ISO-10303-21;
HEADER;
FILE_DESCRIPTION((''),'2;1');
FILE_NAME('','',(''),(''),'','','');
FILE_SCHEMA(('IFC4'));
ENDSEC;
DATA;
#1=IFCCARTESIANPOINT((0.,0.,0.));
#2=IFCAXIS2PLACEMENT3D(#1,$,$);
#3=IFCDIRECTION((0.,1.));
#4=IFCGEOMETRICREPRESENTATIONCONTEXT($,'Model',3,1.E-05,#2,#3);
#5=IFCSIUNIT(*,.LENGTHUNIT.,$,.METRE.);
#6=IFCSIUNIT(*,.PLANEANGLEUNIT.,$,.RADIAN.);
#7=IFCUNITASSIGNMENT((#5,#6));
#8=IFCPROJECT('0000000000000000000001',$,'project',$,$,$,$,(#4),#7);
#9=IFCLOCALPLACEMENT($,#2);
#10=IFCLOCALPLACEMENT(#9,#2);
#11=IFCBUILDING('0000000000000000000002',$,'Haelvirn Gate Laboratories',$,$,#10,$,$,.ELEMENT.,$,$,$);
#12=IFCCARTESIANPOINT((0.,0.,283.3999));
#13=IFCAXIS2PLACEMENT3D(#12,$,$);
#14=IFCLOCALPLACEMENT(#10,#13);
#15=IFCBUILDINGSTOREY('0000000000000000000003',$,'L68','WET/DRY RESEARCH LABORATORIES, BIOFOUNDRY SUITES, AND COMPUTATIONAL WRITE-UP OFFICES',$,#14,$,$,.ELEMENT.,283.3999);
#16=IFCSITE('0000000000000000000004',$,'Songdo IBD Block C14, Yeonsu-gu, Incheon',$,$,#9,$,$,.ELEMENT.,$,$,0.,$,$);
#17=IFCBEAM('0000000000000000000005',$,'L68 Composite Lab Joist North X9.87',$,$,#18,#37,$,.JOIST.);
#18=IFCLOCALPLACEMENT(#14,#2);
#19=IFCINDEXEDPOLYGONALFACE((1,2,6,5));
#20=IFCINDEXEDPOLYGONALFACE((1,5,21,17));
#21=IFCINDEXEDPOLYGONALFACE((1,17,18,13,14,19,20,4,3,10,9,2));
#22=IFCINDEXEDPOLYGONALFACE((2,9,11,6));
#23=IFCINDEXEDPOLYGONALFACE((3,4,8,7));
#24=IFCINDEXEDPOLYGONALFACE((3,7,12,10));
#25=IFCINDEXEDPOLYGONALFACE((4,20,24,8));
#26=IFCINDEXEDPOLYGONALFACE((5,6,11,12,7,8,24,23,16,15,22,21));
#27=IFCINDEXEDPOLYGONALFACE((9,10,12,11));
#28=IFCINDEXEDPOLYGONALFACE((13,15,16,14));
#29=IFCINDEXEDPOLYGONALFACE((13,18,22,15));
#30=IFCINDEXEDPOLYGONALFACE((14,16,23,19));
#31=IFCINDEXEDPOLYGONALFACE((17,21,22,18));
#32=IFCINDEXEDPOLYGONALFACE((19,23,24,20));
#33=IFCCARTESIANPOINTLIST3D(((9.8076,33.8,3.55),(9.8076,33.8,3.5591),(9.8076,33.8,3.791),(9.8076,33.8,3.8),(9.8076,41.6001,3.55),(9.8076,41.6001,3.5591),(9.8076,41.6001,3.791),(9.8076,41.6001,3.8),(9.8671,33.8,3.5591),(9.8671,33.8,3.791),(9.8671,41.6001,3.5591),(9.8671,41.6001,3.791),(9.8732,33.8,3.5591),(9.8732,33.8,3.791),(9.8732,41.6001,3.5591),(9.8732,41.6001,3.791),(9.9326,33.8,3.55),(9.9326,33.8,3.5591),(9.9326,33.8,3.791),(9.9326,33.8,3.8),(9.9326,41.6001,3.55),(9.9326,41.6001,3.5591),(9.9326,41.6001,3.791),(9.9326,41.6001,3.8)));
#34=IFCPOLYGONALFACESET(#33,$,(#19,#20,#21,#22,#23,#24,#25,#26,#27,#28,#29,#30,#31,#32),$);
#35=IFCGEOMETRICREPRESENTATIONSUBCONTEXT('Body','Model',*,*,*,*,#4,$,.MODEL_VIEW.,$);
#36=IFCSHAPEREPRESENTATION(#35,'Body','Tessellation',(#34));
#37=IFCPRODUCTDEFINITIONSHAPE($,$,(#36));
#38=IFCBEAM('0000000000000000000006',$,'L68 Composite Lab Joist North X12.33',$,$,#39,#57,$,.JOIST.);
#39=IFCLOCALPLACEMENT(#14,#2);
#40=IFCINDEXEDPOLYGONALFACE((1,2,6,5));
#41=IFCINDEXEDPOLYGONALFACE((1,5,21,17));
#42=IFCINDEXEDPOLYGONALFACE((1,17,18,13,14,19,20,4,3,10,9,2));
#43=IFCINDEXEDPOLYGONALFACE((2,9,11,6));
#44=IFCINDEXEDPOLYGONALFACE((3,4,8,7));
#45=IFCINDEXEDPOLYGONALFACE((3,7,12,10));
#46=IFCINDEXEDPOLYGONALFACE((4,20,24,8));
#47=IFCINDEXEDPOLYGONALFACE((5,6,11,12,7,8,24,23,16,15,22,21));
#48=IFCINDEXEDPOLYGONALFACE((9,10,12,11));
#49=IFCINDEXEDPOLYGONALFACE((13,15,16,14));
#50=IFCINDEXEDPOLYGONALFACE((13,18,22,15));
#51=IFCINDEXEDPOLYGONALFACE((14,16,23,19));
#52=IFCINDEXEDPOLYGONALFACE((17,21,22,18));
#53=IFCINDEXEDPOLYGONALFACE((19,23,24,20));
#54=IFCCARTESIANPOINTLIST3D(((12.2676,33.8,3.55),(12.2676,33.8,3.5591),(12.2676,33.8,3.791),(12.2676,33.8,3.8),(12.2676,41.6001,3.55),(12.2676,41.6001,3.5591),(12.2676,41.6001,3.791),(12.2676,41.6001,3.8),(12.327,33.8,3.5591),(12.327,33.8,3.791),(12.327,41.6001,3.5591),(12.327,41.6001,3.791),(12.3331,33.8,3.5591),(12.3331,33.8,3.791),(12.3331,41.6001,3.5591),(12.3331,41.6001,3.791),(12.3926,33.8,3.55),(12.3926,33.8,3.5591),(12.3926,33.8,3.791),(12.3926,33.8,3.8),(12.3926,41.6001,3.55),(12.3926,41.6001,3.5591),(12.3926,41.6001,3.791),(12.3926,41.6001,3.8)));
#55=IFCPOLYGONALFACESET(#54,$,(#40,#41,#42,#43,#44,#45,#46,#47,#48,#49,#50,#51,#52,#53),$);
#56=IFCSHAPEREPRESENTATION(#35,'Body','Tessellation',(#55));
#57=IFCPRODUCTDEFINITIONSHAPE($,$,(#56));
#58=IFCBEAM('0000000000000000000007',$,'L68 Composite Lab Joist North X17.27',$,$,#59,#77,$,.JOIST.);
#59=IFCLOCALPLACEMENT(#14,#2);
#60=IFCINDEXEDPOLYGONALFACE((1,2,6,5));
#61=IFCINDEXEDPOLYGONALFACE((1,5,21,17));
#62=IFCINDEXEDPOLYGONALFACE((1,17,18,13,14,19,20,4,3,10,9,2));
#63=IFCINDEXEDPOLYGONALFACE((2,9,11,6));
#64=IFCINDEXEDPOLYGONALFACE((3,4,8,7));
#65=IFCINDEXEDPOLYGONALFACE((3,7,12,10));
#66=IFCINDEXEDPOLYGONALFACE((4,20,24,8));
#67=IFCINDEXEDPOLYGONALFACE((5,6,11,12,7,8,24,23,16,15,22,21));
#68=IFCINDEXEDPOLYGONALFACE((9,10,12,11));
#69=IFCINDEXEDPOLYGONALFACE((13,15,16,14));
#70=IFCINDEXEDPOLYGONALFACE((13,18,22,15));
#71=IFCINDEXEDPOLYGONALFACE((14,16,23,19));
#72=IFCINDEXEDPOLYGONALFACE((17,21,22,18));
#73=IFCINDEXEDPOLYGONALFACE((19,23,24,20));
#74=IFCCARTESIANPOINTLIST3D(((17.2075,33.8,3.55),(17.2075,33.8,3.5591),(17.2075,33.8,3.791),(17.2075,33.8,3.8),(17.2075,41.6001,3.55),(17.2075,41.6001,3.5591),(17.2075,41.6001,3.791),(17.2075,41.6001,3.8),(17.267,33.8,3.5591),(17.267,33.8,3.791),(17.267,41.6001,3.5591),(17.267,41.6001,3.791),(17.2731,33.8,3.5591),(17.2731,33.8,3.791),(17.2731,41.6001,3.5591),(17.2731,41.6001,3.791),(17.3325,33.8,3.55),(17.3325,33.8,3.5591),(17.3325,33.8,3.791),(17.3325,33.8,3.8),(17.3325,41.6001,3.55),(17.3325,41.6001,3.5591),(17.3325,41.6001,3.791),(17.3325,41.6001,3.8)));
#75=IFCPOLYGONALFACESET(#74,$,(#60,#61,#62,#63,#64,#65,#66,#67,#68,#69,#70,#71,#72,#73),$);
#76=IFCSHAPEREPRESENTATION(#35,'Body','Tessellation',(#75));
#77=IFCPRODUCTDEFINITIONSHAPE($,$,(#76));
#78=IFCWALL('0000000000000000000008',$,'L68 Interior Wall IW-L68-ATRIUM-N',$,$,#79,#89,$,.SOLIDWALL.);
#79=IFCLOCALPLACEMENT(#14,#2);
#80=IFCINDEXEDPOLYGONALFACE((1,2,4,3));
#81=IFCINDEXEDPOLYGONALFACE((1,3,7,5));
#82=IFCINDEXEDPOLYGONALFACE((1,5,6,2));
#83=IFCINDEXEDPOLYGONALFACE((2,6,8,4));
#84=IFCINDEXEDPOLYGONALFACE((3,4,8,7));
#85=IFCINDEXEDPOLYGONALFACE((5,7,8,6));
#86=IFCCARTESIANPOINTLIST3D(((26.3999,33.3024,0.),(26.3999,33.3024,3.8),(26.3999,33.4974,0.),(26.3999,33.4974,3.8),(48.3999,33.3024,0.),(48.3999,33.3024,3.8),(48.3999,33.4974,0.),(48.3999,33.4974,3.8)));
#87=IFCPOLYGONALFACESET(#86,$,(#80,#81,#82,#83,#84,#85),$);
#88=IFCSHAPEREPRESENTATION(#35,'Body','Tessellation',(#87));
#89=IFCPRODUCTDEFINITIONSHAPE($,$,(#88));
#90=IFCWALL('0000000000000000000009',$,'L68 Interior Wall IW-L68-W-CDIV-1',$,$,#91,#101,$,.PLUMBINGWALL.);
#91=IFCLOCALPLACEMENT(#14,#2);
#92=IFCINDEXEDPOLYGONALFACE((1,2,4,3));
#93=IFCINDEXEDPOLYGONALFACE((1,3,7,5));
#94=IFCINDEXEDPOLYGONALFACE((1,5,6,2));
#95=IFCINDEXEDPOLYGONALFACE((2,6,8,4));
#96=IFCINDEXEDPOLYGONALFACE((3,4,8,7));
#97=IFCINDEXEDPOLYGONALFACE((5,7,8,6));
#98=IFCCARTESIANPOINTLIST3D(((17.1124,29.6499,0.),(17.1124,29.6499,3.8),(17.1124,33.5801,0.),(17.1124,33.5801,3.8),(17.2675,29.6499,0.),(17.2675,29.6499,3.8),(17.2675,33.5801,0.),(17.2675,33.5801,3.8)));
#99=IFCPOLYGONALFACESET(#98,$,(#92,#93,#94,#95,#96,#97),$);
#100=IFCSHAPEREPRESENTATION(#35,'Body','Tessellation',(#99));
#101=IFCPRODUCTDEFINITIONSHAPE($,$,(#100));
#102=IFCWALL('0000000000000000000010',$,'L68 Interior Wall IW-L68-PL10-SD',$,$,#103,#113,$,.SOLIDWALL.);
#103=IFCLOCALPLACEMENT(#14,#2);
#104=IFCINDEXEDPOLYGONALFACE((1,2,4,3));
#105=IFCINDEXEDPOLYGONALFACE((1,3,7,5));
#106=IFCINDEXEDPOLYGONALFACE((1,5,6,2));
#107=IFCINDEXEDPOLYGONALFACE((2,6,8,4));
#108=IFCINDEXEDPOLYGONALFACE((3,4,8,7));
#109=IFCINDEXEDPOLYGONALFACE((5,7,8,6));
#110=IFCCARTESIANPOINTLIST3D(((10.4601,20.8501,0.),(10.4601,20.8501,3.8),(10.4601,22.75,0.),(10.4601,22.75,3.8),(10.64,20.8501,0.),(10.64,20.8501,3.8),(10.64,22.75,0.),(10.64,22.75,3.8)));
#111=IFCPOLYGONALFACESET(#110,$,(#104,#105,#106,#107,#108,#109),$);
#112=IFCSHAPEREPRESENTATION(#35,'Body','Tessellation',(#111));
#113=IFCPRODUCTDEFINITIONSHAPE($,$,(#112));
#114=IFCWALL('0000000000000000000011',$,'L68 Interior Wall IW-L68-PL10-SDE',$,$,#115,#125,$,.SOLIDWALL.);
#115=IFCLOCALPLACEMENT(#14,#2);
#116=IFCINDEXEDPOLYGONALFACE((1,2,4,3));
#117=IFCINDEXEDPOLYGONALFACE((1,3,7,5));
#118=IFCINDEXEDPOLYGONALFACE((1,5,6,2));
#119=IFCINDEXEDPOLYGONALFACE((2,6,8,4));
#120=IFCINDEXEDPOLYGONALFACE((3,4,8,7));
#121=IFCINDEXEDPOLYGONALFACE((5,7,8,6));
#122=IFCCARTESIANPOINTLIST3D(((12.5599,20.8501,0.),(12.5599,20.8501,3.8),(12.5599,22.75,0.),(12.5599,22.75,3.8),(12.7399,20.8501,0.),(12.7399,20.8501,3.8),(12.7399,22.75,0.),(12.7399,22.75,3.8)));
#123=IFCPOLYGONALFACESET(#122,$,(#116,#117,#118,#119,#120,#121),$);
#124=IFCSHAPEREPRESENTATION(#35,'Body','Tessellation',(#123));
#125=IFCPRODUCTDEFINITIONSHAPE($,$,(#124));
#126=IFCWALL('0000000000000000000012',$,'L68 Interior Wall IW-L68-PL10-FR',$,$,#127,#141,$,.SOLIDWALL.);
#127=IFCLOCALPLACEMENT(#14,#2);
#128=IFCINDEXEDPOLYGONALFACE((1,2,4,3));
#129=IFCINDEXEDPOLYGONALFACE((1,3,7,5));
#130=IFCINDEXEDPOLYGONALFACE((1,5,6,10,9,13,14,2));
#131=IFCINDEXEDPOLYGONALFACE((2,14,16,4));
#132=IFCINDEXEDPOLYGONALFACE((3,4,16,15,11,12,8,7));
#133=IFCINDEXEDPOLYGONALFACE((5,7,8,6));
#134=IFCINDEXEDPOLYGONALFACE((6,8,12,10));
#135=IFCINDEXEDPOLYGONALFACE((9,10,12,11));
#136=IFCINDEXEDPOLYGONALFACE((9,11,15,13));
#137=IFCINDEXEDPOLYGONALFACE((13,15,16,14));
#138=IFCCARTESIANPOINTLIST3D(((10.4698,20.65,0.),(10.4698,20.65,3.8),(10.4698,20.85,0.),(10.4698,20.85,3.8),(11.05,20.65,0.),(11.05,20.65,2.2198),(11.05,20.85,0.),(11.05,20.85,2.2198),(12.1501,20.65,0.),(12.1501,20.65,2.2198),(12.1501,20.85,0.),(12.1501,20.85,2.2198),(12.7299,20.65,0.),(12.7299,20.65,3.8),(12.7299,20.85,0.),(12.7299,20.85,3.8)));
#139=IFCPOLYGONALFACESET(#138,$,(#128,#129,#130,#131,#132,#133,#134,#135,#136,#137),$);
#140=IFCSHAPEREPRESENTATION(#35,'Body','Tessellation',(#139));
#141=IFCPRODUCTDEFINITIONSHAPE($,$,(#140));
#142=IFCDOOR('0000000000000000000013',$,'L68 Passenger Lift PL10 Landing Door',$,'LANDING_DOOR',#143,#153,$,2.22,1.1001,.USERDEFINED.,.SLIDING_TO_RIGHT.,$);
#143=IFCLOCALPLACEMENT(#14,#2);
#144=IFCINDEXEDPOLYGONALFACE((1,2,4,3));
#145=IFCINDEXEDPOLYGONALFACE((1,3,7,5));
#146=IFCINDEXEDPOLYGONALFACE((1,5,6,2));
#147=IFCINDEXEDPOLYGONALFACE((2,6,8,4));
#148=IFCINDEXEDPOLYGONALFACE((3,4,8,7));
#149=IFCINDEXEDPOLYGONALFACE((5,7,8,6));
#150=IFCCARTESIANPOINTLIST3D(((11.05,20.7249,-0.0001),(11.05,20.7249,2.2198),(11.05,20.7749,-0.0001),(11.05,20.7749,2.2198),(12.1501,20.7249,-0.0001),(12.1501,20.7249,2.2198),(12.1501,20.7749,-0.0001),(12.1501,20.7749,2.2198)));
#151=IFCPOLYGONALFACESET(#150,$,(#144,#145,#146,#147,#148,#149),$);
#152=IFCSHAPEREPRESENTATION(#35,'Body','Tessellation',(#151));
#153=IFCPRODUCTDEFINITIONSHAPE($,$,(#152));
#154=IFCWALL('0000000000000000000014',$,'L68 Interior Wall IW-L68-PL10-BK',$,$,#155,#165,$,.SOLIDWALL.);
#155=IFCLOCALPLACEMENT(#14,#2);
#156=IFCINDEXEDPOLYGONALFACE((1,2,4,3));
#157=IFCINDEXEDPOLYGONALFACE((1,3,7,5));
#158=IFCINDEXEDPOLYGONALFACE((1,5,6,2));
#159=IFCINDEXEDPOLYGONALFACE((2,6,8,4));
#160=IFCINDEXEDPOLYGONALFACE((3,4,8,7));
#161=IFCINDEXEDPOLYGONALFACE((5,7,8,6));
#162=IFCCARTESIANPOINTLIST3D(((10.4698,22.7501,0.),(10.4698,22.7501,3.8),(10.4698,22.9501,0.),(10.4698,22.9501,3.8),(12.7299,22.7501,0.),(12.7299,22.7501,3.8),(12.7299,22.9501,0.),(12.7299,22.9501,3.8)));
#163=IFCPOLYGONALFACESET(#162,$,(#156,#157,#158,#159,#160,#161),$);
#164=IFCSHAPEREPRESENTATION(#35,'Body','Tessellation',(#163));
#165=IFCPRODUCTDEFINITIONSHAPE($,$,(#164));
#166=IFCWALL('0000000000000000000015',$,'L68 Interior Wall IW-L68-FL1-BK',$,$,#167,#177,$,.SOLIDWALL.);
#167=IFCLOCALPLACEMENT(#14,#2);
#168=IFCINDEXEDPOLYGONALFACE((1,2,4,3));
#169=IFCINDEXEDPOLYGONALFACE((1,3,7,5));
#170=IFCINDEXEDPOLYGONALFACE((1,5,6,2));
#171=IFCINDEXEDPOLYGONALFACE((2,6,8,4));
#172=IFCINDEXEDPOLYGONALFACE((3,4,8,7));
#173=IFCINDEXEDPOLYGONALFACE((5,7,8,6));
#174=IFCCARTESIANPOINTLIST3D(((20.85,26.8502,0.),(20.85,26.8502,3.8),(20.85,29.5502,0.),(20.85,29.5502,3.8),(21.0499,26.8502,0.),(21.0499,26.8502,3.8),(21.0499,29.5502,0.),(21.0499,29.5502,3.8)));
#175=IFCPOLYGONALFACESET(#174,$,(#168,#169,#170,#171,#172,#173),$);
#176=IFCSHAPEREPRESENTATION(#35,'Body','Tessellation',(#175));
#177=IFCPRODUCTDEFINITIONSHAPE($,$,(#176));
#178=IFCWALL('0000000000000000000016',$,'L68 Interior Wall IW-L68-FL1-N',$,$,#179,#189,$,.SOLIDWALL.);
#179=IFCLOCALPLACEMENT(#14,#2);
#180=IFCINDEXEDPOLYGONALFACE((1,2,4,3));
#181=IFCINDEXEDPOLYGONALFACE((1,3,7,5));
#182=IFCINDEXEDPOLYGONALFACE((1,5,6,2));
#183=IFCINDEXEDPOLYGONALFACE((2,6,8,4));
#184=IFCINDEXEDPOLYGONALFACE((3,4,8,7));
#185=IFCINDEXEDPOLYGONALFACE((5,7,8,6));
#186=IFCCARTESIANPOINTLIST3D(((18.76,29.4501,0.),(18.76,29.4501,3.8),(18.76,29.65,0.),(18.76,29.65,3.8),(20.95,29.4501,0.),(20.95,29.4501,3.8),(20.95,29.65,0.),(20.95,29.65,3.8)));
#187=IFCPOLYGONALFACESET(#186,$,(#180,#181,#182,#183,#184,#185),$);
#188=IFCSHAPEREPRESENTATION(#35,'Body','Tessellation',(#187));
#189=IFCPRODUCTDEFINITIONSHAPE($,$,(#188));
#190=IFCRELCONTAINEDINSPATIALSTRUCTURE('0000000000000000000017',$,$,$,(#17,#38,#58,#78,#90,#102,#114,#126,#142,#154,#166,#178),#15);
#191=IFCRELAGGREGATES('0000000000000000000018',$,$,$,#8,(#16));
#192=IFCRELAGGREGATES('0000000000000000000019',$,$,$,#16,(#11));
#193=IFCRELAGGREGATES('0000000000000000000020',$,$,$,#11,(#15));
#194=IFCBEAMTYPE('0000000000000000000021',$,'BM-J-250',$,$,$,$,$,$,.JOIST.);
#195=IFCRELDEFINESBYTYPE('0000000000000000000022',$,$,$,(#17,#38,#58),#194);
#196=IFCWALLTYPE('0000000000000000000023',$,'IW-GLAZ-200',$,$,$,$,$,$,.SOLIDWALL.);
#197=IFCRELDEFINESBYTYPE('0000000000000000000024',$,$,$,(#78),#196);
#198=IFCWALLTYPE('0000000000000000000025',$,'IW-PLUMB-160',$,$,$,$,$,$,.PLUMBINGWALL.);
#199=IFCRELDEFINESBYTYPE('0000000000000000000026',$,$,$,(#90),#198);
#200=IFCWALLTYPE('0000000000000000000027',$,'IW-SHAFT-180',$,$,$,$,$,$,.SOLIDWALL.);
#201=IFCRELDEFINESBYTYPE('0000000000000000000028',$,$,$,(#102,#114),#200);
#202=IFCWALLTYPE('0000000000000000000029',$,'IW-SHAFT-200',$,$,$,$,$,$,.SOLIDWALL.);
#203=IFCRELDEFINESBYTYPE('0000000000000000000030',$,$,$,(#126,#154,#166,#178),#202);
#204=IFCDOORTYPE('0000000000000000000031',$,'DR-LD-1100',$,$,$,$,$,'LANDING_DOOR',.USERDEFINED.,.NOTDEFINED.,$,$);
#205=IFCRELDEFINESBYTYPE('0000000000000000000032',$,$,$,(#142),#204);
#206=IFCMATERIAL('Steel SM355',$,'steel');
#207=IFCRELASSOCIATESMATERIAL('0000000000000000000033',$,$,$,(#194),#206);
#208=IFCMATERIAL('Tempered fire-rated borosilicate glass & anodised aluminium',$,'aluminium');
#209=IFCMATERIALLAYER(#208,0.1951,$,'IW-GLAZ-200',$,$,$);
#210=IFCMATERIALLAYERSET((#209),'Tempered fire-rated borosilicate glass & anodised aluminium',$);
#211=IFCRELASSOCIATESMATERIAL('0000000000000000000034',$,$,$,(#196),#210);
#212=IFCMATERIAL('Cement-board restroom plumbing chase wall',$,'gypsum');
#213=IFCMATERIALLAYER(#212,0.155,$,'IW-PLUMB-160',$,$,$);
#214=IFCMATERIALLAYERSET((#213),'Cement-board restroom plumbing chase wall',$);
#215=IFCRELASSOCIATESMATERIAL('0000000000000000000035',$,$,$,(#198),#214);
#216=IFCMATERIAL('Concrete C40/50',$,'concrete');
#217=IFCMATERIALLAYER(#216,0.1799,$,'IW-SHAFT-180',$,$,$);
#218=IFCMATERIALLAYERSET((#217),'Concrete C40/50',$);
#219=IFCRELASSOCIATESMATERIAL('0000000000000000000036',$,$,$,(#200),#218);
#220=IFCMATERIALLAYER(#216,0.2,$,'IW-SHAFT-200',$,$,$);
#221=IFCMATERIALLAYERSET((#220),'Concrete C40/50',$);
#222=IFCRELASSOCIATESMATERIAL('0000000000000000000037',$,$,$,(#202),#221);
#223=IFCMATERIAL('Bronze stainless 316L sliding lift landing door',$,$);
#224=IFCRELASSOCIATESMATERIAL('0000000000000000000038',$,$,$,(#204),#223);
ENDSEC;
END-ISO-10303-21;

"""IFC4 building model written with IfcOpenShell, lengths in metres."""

from ifc_helpers import new_model, si_unit, direction, frame, frame_2d, origin, origin_2d, place, context, subcontext, project, spatial, rectangle, i_section, extrude, source, transform, mapped, material, layer, layer_set, material_profile, profile_set, type_object, type_shapes, element, fill, save


model = new_model("IFC4")

# Units and contexts
model_context = context("Model", 3, precision=1e-05, world=origin(), true_north=direction((0.0, 1.0)))
body_context = subcontext(model_context, "Body", "Model", "MODEL_VIEW")
ifc_project = project(units=[si_unit("LENGTHUNIT", "METRE"), si_unit("PLANEANGLEUNIT", "RADIAN")], contexts=[model_context])

# Site, building, storey
site_placement = place(None, origin())
site = spatial("IfcSite", under=ifc_project, at=site_placement, Name="Songdo IBD Block C14, Yeonsu-gu, Incheon", CompositionType="ELEMENT", RefElevation=0.0)
building_placement = place(site_placement, origin())
building = spatial("IfcBuilding", under=site, at=building_placement, Name="Haelvirn Gate Laboratories", CompositionType="ELEMENT")
storey_placement = place(building_placement, frame((0.0, 0.0, 283.3999)))
storey = spatial("IfcBuildingStorey", under=building, at=storey_placement, Name="L68", Description="WET/DRY RESEARCH LABORATORIES, BIOFOUNDRY SUITES, AND COMPUTATIONAL WRITE-UP OFFICES", CompositionType="ELEMENT", Elevation=283.3999)

# Beams
ifc_material_1 = material(Name="Steel SM355", Category="steel")
ifc_material_profile = material_profile(ifc_material_1, i_section(OverallWidth=0.125, OverallDepth=0.25, WebThickness=0.0061, FlangeThickness=0.009, at=origin_2d()), Name="H-250x125x6x9")
ifc_profile_set = profile_set([ifc_material_profile], Name="Steel SM355")
beam_type = type_object("IfcBeamType", Name="BM-J-250", PredefinedType="JOIST", material=ifc_profile_set)
shared_shape_1 = source(origin(), body_context, "Body", "SweptSolid", [
    extrude(i_section(OverallWidth=0.125, OverallDepth=0.25, WebThickness=0.0061, FlangeThickness=0.009, at=origin_2d()), origin(), (0.0, 0.0, 1.0), 7.8),
])
type_shapes(beam_type, [shared_shape_1])
for number, where, z_axis, x_axis, name in (
    (1, (9.8701, 33.8, 3.675), (0.0, 1.0, 0.0), (-1.0, 0.0, 0.0), "L68 Composite Lab Joist North X9.87"),
    (2, (12.3301, 33.8, 3.675), (0.0, 1.0, 0.0), (-1.0, 0.0, 0.0), "L68 Composite Lab Joist North X12.33"),
    (3, (17.27, 33.8, 3.675), (0.0, 1.0, 0.0), (-1.0, 0.0, 0.0), "L68 Composite Lab Joist North X17.27"),
):
    element("IfcBeam", number, at=place(storey_placement, frame(where, z_axis=z_axis, x_axis=x_axis)), inside=storey, type_object=beam_type, Name=name, PredefinedType="JOIST", context=body_context, shape_type="MappedRepresentation", body=[
        mapped(shared_shape_1, transform((0.0, 0.0, 0.0), scale=1.0)),
    ])

# Walls
ifc_material_2 = material(Name="Tempered fire-rated borosilicate glass & anodised aluminium", Category="aluminium")
ifc_layer_1 = layer(ifc_material_2, 0.1951, Name="IW-GLAZ-200")
ifc_layer_set_1 = layer_set([ifc_layer_1], Name="Tempered fire-rated borosilicate glass & anodised aluminium")
wall_type_1 = type_object("IfcWallType", Name="IW-GLAZ-200", PredefinedType="SOLIDWALL", material=ifc_layer_set_1)
wall_1_placement = place(storey_placement, frame((26.3999, 33.3999, 0.0), z_axis=(0.0, 0.0, 1.0), x_axis=(1.0, 0.0, 0.0)))
element("IfcWall", 4, at=wall_1_placement, inside=storey, type_object=wall_type_1, Name="L68 Interior Wall IW-L68-ATRIUM-N", PredefinedType="SOLIDWALL", context=body_context, shape_type="SweptSolid", body=[
    extrude(rectangle(XDim=22.0, YDim=0.1951, at=frame_2d((11.0, 0.0))), origin(), (0.0, 0.0, 1.0), 3.8),
])
ifc_material_3 = material(Name="Cement-board restroom plumbing chase wall", Category="gypsum")
ifc_layer_2 = layer(ifc_material_3, 0.155, Name="IW-PLUMB-160")
ifc_layer_set_2 = layer_set([ifc_layer_2], Name="Cement-board restroom plumbing chase wall")
wall_type_2 = type_object("IfcWallType", Name="IW-PLUMB-160", PredefinedType="PLUMBINGWALL", material=ifc_layer_set_2)
wall_2_placement = place(storey_placement, frame((17.1899, 29.6499, 0.0), z_axis=(0.0, 0.0, 1.0), x_axis=(0.0, 1.0, 0.0)))
element("IfcWall", 5, at=wall_2_placement, inside=storey, type_object=wall_type_2, Name="L68 Interior Wall IW-L68-W-CDIV-1", PredefinedType="PLUMBINGWALL", context=body_context, shape_type="SweptSolid", body=[
    extrude(rectangle(XDim=3.9302, YDim=0.155, at=frame_2d((1.9651, 0.0))), origin(), (0.0, 0.0, 1.0), 3.8),
])
ifc_material_4 = material(Name="Concrete C40/50", Category="concrete")
ifc_layer_3 = layer(ifc_material_4, 0.1799, Name="IW-SHAFT-180")
ifc_layer_set_3 = layer_set([ifc_layer_3], Name="Concrete C40/50")
wall_type_3 = type_object("IfcWallType", Name="IW-SHAFT-180", PredefinedType="SOLIDWALL", material=ifc_layer_set_3)
for number, where, z_axis, x_axis, name in (
    (6, (10.55, 20.8501, 0.0), (0.0, 0.0, 1.0), (0.0, 1.0, 0.0), "L68 Interior Wall IW-L68-PL10-SD"),
    (7, (12.6499, 20.8501, 0.0), (0.0, 0.0, 1.0), (0.0, 1.0, 0.0), "L68 Interior Wall IW-L68-PL10-SDE"),
):
    element("IfcWall", number, at=place(storey_placement, frame(where, z_axis=z_axis, x_axis=x_axis)), inside=storey, type_object=wall_type_3, Name=name, PredefinedType="SOLIDWALL", context=body_context, shape_type="SweptSolid", body=[
        extrude(rectangle(XDim=1.8999, YDim=0.1799, at=frame_2d((0.95, 0.0))), origin(), (0.0, 0.0, 1.0), 3.8),
    ])

# Wall, opening, door
ifc_layer_4 = layer(ifc_material_4, 0.2, Name="IW-SHAFT-200")
ifc_layer_set_4 = layer_set([ifc_layer_4], Name="Concrete C40/50")
wall_type_4 = type_object("IfcWallType", Name="IW-SHAFT-200", PredefinedType="SOLIDWALL", material=ifc_layer_set_4)
wall_3_placement = place(storey_placement, frame((10.47, 20.75, 0.0), z_axis=(0.0, 0.0, 1.0), x_axis=(1.0, 0.0, 0.0)))
wall_3 = element("IfcWall", 8, at=wall_3_placement, inside=storey, type_object=wall_type_4, Name="L68 Interior Wall IW-L68-PL10-FR", PredefinedType="SOLIDWALL", context=body_context, shape_type="SweptSolid", body=[
    extrude(rectangle(XDim=2.26, YDim=0.2, at=frame_2d((1.1299, 0.0))), origin(), (0.0, 0.0, 1.0), 3.8),
])
opening_1_placement = place(wall_3_placement, frame((0.5801, 0.0, 0.0)))
opening_1 = element("IfcOpeningElement", 9, at=opening_1_placement, cuts=wall_3, PredefinedType="OPENING", context=body_context, shape_type="SweptSolid", body=[
    extrude(rectangle(XDim=1.1001, YDim=2.22, at=frame_2d((0.55, 1.1099))), frame((0.0, 0.1099, 0.0), z_axis=(0.0, -1.0, 0.0), x_axis=(1.0, 0.0, 0.0)), (0.0, 0.0, 1.0), 0.22),
])
ifc_material_5 = material(Name="Bronze stainless 316L sliding lift landing door")
door_type_1 = type_object("IfcDoorType", Name="DR-LD-1100", ElementType="LANDING_DOOR", OperationType="NOTDEFINED", PredefinedType="USERDEFINED", material=ifc_material_5)
shared_shape_2 = source(origin(), body_context, "Body", "SweptSolid", [
    extrude(rectangle(XDim=1.1001, YDim=2.22, at=frame_2d((0.55, 1.1099))), frame((0.0, 0.0249, 0.0), z_axis=(0.0, -1.0, 0.0), x_axis=(1.0, 0.0, 0.0)), (0.0, 0.0, 1.0), 0.05),
])
type_shapes(door_type_1, [shared_shape_2])
door_1_placement = place(opening_1_placement, origin())
door_1 = element("IfcDoor", 10, at=door_1_placement, inside=storey, type_object=door_type_1, Name="L68 Passenger Lift PL10 Landing Door", ObjectType="LANDING_DOOR", OperationType="SLIDING_TO_RIGHT", OverallHeight=2.22, OverallWidth=1.1001, PredefinedType="USERDEFINED", context=body_context, shape_type="MappedRepresentation", body=[
    mapped(shared_shape_2, transform((0.0, 0.0, 0.0), scale=1.0)),
])
fill(opening_1, door_1)

# Walls
wall_4_placement = place(storey_placement, frame((10.47, 22.8501, 0.0), z_axis=(0.0, 0.0, 1.0), x_axis=(1.0, 0.0, 0.0)))
element("IfcWall", 11, at=wall_4_placement, inside=storey, type_object=wall_type_4, Name="L68 Interior Wall IW-L68-PL10-BK", PredefinedType="SOLIDWALL", context=body_context, shape_type="SweptSolid", body=[
    extrude(rectangle(XDim=2.26, YDim=0.2, at=frame_2d((1.1299, 0.0))), origin(), (0.0, 0.0, 1.0), 3.8),
])
wall_5_placement = place(storey_placement, frame((20.95, 26.8501, 0.0), z_axis=(0.0, 0.0, 1.0), x_axis=(0.0, 1.0, 0.0)))
element("IfcWall", 12, at=wall_5_placement, inside=storey, type_object=wall_type_4, Name="L68 Interior Wall IW-L68-FL1-BK", PredefinedType="SOLIDWALL", context=body_context, shape_type="SweptSolid", body=[
    extrude(rectangle(XDim=2.7, YDim=0.2, at=frame_2d((1.3501, 0.0))), origin(), (0.0, 0.0, 1.0), 3.8),
])
wall_6_placement = place(storey_placement, frame((18.76, 29.55, 0.0), z_axis=(0.0, 0.0, 1.0), x_axis=(1.0, 0.0, 0.0)))
element("IfcWall", 13, at=wall_6_placement, inside=storey, type_object=wall_type_4, Name="L68 Interior Wall IW-L68-FL1-N", PredefinedType="SOLIDWALL", context=body_context, shape_type="SweptSolid", body=[
    extrude(rectangle(XDim=2.1899, YDim=0.2, at=frame_2d((1.095, 0.0))), origin(), (0.0, 0.0, 1.0), 3.8),
])

save(model, "model.ifc")
